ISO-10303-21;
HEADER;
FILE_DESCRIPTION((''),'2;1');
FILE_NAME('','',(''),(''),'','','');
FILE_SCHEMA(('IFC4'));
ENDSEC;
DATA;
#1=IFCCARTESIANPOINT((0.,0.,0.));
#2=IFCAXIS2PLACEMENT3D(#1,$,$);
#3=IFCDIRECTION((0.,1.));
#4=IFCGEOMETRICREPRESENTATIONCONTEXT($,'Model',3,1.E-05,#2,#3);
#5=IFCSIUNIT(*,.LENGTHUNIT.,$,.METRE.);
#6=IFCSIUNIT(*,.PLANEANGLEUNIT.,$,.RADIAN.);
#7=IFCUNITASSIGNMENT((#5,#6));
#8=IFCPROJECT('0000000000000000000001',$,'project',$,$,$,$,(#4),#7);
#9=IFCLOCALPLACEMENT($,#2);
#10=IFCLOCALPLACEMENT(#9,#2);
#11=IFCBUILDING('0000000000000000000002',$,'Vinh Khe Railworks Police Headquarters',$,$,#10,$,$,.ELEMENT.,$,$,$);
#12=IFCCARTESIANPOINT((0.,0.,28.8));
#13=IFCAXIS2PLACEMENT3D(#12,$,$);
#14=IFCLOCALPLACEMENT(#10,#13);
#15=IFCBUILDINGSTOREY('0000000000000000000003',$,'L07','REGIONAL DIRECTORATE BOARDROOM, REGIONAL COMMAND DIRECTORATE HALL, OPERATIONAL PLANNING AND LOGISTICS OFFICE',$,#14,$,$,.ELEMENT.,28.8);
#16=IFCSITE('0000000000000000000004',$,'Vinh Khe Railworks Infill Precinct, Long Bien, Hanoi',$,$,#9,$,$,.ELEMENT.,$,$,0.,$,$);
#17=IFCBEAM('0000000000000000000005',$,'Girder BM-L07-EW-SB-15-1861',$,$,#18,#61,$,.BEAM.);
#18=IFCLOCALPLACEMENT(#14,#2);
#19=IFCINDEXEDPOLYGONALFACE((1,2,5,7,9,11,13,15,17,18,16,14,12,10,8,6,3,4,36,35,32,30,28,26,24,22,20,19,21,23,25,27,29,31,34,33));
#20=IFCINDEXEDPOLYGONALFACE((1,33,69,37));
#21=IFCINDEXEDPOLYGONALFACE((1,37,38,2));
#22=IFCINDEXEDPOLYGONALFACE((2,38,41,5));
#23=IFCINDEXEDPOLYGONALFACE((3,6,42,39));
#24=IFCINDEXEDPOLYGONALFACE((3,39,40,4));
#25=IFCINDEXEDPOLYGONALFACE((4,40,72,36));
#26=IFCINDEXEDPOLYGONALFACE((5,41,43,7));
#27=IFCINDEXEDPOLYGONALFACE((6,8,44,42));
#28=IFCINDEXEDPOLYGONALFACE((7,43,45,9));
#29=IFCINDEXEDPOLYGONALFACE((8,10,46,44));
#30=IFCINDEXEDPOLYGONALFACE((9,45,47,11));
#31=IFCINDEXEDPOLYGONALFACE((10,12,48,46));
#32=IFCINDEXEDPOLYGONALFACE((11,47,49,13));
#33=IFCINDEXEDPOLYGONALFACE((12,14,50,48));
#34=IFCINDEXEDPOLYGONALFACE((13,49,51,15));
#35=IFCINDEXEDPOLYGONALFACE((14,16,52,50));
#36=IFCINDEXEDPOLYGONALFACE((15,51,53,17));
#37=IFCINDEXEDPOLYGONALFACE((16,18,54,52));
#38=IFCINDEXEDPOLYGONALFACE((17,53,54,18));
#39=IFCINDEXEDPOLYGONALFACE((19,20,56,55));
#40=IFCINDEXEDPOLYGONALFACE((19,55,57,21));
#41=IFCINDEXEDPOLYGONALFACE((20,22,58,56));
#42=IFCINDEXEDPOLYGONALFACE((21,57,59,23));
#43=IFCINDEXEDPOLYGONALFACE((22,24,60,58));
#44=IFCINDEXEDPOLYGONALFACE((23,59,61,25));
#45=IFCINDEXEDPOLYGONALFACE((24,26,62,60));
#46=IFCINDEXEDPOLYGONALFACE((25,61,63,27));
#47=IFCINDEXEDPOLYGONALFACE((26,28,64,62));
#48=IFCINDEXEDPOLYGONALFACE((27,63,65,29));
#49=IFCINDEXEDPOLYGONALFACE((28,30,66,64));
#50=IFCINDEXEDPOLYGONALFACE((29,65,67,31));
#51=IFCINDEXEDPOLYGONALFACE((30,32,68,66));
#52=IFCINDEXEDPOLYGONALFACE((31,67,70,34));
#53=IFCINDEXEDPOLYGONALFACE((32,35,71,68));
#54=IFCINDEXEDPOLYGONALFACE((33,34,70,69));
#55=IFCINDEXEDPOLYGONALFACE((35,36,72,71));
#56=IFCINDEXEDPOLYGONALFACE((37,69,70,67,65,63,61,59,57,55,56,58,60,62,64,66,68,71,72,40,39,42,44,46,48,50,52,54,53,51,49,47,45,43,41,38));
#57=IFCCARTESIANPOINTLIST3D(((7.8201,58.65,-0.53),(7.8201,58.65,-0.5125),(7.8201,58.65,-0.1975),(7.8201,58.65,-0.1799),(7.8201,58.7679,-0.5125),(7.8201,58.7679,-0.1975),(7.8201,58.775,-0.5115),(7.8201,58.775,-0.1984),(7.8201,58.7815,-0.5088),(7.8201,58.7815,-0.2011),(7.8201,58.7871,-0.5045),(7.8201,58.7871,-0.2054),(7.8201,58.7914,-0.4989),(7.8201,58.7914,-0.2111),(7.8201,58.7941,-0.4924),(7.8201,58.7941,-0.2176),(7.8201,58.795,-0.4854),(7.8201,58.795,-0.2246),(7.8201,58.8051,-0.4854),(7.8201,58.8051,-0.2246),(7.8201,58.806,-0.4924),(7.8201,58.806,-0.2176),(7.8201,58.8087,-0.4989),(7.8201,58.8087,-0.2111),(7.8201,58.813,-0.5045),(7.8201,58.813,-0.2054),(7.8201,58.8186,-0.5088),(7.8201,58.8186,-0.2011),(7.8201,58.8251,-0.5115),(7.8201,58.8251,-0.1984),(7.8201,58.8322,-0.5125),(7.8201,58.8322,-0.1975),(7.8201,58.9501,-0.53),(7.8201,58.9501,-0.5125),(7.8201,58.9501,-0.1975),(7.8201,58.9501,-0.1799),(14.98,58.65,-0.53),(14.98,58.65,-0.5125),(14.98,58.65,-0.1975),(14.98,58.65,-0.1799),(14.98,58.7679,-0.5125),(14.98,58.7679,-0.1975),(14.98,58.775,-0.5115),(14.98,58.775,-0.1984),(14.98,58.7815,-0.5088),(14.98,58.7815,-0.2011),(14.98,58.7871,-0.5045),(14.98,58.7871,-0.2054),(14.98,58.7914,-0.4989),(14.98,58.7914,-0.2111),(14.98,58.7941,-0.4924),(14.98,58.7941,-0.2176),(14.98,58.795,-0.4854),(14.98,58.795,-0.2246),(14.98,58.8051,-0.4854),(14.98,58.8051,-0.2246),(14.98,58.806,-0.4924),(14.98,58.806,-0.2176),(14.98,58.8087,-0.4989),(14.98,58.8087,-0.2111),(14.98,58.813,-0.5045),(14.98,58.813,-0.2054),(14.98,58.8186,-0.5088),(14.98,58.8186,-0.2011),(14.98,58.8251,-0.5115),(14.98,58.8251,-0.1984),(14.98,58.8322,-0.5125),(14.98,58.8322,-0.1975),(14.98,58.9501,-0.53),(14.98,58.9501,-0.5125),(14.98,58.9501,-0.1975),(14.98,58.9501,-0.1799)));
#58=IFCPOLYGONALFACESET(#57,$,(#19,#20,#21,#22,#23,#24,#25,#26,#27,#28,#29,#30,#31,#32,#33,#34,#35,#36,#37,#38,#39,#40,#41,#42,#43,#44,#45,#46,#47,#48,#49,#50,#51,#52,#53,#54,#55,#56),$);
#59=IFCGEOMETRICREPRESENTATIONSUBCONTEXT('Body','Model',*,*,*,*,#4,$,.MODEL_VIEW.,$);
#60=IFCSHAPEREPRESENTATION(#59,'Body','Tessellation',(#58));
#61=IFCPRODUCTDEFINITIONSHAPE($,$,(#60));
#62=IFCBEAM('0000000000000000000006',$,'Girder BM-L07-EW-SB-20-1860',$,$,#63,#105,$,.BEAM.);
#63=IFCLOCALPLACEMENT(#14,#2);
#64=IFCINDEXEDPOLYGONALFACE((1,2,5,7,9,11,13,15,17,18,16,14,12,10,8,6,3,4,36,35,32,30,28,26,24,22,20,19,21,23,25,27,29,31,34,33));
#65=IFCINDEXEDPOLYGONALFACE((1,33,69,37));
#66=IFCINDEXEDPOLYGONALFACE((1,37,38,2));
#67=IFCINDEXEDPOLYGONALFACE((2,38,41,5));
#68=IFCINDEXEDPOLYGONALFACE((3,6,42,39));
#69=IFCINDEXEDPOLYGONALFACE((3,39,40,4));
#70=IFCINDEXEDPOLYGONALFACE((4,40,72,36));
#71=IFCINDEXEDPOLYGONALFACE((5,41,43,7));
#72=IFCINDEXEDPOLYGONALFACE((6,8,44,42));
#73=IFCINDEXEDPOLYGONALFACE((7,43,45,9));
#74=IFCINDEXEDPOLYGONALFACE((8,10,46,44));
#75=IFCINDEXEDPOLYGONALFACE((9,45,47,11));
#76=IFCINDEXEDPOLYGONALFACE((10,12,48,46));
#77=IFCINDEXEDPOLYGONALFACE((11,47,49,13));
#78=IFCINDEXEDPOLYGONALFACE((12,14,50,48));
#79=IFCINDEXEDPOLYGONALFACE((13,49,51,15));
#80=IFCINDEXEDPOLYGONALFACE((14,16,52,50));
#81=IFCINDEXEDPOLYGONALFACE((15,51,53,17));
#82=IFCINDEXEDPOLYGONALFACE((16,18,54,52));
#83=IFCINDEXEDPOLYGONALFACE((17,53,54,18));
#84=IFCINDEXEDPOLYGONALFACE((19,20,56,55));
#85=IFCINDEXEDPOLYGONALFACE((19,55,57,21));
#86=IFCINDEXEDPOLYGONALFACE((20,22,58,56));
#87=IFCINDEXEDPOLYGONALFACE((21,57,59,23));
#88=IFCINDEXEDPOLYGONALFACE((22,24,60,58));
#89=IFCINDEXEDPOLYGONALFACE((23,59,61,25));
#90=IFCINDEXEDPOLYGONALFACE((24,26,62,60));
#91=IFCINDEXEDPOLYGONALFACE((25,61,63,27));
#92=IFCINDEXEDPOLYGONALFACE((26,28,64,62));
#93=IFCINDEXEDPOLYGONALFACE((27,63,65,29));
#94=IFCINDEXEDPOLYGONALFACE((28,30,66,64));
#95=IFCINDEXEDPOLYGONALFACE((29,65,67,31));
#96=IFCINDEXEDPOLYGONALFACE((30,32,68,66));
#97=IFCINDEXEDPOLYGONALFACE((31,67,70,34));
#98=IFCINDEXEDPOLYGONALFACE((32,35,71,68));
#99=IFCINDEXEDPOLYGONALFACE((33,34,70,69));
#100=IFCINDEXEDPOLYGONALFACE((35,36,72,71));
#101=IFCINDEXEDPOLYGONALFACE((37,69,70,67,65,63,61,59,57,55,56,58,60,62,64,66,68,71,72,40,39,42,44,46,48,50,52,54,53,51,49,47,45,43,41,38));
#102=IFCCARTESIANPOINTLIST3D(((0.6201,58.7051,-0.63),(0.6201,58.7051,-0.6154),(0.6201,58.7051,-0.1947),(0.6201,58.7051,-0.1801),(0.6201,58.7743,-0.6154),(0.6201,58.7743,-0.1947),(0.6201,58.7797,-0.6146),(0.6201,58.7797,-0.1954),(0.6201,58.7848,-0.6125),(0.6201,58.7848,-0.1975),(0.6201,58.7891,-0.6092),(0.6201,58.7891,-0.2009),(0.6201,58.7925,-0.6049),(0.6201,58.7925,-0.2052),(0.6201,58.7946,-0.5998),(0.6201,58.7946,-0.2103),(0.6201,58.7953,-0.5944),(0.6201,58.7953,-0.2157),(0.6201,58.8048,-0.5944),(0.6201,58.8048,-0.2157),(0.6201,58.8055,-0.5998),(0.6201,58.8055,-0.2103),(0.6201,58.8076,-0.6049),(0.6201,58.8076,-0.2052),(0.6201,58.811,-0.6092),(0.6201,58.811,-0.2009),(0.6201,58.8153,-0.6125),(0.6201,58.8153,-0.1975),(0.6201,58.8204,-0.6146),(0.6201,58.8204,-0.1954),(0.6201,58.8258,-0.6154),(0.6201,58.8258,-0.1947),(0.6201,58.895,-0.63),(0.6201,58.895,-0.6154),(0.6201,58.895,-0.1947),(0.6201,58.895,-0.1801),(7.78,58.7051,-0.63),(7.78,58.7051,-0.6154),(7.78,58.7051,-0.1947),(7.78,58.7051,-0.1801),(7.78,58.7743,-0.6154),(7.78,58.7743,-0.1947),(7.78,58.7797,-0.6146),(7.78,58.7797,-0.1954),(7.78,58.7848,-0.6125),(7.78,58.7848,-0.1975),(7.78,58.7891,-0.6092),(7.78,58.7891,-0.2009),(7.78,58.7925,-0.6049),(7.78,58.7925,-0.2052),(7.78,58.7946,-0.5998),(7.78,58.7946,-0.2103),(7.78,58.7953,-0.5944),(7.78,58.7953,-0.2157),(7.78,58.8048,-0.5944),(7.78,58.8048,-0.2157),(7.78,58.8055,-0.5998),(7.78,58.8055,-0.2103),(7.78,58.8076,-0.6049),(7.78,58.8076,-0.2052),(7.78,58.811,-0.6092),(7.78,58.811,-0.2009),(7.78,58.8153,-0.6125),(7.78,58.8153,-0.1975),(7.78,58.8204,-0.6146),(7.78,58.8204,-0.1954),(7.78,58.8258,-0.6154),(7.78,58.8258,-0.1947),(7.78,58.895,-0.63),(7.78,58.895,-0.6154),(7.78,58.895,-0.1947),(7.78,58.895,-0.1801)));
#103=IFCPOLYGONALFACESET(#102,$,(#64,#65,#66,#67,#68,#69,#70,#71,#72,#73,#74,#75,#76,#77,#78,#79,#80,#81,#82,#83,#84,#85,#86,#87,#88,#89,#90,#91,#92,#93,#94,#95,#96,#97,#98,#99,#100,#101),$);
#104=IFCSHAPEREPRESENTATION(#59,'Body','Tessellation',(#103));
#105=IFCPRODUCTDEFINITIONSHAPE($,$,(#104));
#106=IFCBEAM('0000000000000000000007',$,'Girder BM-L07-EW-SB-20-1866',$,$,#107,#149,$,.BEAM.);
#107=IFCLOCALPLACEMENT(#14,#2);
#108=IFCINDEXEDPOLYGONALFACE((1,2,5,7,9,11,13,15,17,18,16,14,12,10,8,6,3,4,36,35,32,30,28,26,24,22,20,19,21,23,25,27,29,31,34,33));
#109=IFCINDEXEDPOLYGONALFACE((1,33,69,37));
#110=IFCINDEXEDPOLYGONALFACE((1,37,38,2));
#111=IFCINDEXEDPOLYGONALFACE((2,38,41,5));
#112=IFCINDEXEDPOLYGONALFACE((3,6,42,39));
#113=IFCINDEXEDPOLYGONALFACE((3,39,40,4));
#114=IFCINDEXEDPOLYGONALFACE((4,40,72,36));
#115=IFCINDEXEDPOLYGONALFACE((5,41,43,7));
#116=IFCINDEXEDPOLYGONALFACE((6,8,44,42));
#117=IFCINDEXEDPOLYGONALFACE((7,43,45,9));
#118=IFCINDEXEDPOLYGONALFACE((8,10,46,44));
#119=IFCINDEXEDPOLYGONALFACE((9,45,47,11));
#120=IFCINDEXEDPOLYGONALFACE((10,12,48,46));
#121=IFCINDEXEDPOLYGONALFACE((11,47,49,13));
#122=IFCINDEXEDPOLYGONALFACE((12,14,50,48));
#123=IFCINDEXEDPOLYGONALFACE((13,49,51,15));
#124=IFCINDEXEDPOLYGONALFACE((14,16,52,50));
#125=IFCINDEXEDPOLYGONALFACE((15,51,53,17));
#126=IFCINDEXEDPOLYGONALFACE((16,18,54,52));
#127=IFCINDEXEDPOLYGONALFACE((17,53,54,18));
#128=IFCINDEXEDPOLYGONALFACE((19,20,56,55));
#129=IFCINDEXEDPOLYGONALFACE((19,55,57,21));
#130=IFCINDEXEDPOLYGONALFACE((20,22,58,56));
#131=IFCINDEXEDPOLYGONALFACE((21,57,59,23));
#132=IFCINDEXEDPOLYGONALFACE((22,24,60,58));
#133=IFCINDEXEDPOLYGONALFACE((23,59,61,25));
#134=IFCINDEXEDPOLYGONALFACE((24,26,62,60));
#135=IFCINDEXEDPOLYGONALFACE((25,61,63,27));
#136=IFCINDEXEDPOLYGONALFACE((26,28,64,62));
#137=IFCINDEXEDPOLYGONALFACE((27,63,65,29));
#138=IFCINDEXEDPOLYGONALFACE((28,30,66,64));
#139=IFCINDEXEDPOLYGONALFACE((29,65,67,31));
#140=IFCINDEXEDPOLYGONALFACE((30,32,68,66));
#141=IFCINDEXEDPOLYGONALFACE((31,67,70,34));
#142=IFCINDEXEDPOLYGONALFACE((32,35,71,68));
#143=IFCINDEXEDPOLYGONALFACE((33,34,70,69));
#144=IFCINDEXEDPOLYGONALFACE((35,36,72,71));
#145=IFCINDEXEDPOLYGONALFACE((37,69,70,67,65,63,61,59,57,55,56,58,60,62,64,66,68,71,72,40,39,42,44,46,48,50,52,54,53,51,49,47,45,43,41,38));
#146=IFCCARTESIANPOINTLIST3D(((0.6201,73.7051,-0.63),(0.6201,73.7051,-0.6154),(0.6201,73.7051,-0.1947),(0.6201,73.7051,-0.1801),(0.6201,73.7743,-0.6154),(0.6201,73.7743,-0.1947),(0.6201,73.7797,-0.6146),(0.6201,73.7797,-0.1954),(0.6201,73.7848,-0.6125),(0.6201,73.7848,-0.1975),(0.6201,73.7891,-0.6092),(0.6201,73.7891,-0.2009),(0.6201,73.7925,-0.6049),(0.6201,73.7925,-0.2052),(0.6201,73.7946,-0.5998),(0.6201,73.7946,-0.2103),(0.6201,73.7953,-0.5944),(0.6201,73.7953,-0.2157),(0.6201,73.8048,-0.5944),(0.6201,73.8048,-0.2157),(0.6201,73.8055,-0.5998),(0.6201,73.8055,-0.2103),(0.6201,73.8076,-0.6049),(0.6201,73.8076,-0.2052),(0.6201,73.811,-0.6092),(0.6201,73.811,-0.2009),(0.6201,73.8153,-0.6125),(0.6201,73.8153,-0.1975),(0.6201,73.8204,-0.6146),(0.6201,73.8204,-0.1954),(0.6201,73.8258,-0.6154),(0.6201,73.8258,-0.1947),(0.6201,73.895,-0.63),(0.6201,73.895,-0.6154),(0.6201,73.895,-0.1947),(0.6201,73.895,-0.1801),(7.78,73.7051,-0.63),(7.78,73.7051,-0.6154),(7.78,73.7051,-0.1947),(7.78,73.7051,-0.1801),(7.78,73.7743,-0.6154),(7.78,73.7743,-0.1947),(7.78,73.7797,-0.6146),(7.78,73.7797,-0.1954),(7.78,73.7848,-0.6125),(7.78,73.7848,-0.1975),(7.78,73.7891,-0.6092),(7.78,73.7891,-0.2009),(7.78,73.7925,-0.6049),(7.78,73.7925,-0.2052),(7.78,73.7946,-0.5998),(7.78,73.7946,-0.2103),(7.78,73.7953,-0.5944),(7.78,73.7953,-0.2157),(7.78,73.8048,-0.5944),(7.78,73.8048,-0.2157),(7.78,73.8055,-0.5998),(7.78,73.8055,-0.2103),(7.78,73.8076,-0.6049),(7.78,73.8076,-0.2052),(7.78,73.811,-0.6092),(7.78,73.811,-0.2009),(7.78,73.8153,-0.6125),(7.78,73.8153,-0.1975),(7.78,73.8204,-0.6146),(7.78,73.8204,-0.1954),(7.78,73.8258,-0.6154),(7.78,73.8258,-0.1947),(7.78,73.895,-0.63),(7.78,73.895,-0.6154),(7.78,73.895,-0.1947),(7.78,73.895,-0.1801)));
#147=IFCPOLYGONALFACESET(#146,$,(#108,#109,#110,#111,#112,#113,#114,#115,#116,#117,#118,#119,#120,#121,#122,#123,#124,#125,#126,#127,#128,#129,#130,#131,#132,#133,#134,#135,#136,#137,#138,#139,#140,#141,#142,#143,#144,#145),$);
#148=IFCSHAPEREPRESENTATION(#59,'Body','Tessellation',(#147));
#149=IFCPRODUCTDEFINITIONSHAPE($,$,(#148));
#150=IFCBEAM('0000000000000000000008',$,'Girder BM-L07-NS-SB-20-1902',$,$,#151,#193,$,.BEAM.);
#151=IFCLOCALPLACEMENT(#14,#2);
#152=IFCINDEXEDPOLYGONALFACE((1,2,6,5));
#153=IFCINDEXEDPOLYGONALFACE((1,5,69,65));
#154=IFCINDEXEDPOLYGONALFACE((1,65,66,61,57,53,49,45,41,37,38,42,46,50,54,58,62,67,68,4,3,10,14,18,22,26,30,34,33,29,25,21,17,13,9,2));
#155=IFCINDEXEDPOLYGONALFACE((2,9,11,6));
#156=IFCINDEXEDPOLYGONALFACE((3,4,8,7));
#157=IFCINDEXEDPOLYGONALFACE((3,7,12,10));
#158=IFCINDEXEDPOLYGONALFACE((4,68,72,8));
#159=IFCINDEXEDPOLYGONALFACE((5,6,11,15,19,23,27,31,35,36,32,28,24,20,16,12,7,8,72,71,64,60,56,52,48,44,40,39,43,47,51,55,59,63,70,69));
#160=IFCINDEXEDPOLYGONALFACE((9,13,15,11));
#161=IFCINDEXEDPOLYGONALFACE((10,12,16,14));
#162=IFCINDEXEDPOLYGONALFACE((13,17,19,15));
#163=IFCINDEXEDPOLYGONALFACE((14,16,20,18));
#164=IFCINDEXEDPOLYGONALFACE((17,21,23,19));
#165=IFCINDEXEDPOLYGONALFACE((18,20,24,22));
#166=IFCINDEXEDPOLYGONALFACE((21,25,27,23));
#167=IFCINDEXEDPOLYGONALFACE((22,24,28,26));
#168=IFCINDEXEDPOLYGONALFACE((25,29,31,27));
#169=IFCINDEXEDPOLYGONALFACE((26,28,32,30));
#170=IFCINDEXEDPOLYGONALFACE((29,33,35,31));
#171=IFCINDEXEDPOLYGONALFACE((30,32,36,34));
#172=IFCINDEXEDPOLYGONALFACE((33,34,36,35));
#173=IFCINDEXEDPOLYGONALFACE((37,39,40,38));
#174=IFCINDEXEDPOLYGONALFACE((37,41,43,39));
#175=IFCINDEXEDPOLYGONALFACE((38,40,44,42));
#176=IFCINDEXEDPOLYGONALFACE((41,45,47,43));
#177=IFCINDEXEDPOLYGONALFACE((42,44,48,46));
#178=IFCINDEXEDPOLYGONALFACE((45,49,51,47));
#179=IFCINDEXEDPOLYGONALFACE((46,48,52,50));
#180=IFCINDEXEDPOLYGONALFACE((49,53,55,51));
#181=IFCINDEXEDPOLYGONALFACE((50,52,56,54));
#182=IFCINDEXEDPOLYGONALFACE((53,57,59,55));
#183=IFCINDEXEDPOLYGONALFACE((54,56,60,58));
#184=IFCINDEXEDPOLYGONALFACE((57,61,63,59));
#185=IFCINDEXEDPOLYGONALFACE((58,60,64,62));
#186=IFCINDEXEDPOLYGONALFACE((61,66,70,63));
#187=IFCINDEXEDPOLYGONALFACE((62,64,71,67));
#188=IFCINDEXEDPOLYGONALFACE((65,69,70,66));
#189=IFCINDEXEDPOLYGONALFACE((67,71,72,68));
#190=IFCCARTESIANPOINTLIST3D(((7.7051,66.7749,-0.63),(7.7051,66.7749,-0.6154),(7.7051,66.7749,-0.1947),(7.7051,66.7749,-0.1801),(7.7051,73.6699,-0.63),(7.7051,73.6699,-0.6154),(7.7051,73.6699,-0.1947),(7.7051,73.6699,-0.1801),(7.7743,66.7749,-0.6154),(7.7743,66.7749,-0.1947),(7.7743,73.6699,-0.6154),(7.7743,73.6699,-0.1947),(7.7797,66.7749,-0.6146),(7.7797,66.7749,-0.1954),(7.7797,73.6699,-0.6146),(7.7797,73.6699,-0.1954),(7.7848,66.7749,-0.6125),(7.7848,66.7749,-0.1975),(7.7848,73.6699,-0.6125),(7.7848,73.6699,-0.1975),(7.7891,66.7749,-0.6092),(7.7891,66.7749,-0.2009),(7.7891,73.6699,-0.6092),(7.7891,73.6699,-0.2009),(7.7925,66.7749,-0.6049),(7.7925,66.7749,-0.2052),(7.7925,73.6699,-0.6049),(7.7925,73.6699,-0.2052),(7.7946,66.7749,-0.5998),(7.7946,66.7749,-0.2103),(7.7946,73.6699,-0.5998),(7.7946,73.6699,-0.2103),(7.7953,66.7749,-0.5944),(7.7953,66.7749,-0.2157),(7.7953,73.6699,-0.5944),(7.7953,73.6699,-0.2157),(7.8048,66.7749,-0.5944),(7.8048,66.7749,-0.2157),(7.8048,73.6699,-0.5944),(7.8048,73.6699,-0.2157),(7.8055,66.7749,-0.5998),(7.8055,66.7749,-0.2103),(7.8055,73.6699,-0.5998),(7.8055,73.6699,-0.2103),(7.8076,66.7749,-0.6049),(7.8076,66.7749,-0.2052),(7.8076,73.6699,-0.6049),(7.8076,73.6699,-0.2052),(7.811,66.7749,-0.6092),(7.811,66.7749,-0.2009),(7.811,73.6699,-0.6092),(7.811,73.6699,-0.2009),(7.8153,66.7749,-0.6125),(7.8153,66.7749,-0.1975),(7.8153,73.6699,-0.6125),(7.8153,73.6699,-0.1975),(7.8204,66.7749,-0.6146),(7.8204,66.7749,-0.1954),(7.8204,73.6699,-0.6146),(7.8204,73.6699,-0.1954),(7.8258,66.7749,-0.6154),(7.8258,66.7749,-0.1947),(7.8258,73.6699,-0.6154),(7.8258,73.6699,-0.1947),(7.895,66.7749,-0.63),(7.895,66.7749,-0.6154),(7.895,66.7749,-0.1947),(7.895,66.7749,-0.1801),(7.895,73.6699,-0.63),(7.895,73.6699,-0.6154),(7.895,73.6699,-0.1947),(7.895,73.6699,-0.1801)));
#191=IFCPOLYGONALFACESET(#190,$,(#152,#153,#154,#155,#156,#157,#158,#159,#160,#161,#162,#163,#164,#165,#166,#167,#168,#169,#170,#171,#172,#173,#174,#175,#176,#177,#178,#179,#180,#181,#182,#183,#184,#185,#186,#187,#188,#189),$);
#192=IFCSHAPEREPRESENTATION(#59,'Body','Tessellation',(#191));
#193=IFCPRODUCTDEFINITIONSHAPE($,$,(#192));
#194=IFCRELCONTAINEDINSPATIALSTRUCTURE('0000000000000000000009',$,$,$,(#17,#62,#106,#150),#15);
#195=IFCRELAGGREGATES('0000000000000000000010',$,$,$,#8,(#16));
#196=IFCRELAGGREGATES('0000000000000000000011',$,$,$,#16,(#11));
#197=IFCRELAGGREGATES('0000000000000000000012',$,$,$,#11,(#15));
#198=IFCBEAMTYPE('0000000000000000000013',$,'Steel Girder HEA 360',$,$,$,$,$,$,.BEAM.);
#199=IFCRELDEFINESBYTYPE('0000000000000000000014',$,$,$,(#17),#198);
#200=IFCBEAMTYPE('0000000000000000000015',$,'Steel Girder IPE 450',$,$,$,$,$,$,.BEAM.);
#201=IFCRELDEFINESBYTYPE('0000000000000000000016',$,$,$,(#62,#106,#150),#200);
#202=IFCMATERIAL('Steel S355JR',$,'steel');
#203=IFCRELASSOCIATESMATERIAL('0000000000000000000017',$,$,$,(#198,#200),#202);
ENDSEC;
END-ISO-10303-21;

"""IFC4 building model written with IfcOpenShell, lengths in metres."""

from ifc_helpers import new_model, si_unit, direction, frame, origin, origin_2d, place, context, subcontext, project, spatial, i_section, extrude, material, material_profile, profile_set, type_object, element, save


model = new_model("IFC4")

# Units and contexts
model_context = context("Model", 3, precision=1e-05, world=origin(), true_north=direction((0.0, 1.0)))
body_context = subcontext(model_context, "Body", "Model", "MODEL_VIEW")
ifc_project = project(units=[si_unit("LENGTHUNIT", "METRE"), si_unit("PLANEANGLEUNIT", "RADIAN")], contexts=[model_context])

# Site, building, storey
site_placement = place(None, origin())
site = spatial("IfcSite", under=ifc_project, at=site_placement, Name="Vinh Khe Railworks Infill Precinct, Long Bien, Hanoi", CompositionType="ELEMENT", RefElevation=0.0)
building_placement = place(site_placement, origin())
building = spatial("IfcBuilding", under=site, at=building_placement, Name="Vinh Khe Railworks Police Headquarters", CompositionType="ELEMENT")
storey_placement = place(building_placement, frame((0.0, 0.0, 28.8)))
storey = spatial("IfcBuildingStorey", under=building, at=storey_placement, Name="L07", Description="REGIONAL DIRECTORATE BOARDROOM, REGIONAL COMMAND DIRECTORATE HALL, OPERATIONAL PLANNING AND LOGISTICS OFFICE", CompositionType="ELEMENT", Elevation=28.8)

# Shared definitions
ifc_material_1 = material(Name="Steel S355JR", Category="steel")

# Beams
ifc_material_profile_1 = material_profile(ifc_material_1, i_section(OverallWidth=0.3, OverallDepth=0.3501, WebThickness=0.01, FlangeThickness=0.0176, FilletRadius=0.0271, at=origin_2d()), Name="HEA 360")
ifc_profile_set_1 = profile_set([ifc_material_profile_1], Name="Steel S355JR")
beam_type_1 = type_object("IfcBeamType", Name="Steel Girder HEA 360", PredefinedType="BEAM", material=ifc_profile_set_1)
beam_1_placement = place(storey_placement, frame((7.8201, 58.8, -0.355), z_axis=(1.0, 0.0, 0.0), x_axis=(0.0, 1.0, 0.0)))
element("IfcBeam", 1, at=beam_1_placement, inside=storey, type_object=beam_type_1, Name="Girder BM-L07-EW-SB-15-1861", PredefinedType="BEAM", context=body_context, shape_type="SweptSolid", body=[
    extrude(i_section(OverallWidth=0.3, OverallDepth=0.3501, WebThickness=0.01, FlangeThickness=0.0176, FilletRadius=0.0271, at=origin_2d()), origin(), (0.0, 0.0, 1.0), 7.1599),
])
ifc_material_profile_2 = material_profile(ifc_material_1, i_section(OverallWidth=0.1899, OverallDepth=0.45, WebThickness=0.0095, FlangeThickness=0.0146, FilletRadius=0.021, at=origin_2d()), Name="IPE 450")
ifc_profile_set_2 = profile_set([ifc_material_profile_2], Name="Steel S355JR")
beam_type_2 = type_object("IfcBeamType", Name="Steel Girder IPE 450", PredefinedType="BEAM", material=ifc_profile_set_2)
for number, where, z_axis, x_axis, name in (
    (2, (0.6201, 58.8, -0.405), (1.0, 0.0, 0.0), (0.0, 1.0, 0.0), "Girder BM-L07-EW-SB-20-1860"),
    (3, (0.6201, 73.8, -0.405), (1.0, 0.0, 0.0), (0.0, 1.0, 0.0), "Girder BM-L07-EW-SB-20-1866"),
):
    element("IfcBeam", number, at=place(storey_placement, frame(where, z_axis=z_axis, x_axis=x_axis)), inside=storey, type_object=beam_type_2, Name=name, PredefinedType="BEAM", context=body_context, shape_type="SweptSolid", body=[
        extrude(i_section(OverallWidth=0.1899, OverallDepth=0.45, WebThickness=0.0095, FlangeThickness=0.0146, FilletRadius=0.021, at=origin_2d()), origin(), (0.0, 0.0, 1.0), 7.1599),
    ])
beam_2_placement = place(storey_placement, frame((7.8, 66.7749, -0.405), z_axis=(0.0, 1.0, 0.0), x_axis=(-1.0, 0.0, 0.0)))
element("IfcBeam", 4, at=beam_2_placement, inside=storey, type_object=beam_type_2, Name="Girder BM-L07-NS-SB-20-1902", PredefinedType="BEAM", context=body_context, shape_type="SweptSolid", body=[
    extrude(i_section(OverallWidth=0.1899, OverallDepth=0.45, WebThickness=0.0095, FlangeThickness=0.0146, FilletRadius=0.021, at=origin_2d()), origin(), (0.0, 0.0, 1.0), 6.895),
])

save(model, "model.ifc")
